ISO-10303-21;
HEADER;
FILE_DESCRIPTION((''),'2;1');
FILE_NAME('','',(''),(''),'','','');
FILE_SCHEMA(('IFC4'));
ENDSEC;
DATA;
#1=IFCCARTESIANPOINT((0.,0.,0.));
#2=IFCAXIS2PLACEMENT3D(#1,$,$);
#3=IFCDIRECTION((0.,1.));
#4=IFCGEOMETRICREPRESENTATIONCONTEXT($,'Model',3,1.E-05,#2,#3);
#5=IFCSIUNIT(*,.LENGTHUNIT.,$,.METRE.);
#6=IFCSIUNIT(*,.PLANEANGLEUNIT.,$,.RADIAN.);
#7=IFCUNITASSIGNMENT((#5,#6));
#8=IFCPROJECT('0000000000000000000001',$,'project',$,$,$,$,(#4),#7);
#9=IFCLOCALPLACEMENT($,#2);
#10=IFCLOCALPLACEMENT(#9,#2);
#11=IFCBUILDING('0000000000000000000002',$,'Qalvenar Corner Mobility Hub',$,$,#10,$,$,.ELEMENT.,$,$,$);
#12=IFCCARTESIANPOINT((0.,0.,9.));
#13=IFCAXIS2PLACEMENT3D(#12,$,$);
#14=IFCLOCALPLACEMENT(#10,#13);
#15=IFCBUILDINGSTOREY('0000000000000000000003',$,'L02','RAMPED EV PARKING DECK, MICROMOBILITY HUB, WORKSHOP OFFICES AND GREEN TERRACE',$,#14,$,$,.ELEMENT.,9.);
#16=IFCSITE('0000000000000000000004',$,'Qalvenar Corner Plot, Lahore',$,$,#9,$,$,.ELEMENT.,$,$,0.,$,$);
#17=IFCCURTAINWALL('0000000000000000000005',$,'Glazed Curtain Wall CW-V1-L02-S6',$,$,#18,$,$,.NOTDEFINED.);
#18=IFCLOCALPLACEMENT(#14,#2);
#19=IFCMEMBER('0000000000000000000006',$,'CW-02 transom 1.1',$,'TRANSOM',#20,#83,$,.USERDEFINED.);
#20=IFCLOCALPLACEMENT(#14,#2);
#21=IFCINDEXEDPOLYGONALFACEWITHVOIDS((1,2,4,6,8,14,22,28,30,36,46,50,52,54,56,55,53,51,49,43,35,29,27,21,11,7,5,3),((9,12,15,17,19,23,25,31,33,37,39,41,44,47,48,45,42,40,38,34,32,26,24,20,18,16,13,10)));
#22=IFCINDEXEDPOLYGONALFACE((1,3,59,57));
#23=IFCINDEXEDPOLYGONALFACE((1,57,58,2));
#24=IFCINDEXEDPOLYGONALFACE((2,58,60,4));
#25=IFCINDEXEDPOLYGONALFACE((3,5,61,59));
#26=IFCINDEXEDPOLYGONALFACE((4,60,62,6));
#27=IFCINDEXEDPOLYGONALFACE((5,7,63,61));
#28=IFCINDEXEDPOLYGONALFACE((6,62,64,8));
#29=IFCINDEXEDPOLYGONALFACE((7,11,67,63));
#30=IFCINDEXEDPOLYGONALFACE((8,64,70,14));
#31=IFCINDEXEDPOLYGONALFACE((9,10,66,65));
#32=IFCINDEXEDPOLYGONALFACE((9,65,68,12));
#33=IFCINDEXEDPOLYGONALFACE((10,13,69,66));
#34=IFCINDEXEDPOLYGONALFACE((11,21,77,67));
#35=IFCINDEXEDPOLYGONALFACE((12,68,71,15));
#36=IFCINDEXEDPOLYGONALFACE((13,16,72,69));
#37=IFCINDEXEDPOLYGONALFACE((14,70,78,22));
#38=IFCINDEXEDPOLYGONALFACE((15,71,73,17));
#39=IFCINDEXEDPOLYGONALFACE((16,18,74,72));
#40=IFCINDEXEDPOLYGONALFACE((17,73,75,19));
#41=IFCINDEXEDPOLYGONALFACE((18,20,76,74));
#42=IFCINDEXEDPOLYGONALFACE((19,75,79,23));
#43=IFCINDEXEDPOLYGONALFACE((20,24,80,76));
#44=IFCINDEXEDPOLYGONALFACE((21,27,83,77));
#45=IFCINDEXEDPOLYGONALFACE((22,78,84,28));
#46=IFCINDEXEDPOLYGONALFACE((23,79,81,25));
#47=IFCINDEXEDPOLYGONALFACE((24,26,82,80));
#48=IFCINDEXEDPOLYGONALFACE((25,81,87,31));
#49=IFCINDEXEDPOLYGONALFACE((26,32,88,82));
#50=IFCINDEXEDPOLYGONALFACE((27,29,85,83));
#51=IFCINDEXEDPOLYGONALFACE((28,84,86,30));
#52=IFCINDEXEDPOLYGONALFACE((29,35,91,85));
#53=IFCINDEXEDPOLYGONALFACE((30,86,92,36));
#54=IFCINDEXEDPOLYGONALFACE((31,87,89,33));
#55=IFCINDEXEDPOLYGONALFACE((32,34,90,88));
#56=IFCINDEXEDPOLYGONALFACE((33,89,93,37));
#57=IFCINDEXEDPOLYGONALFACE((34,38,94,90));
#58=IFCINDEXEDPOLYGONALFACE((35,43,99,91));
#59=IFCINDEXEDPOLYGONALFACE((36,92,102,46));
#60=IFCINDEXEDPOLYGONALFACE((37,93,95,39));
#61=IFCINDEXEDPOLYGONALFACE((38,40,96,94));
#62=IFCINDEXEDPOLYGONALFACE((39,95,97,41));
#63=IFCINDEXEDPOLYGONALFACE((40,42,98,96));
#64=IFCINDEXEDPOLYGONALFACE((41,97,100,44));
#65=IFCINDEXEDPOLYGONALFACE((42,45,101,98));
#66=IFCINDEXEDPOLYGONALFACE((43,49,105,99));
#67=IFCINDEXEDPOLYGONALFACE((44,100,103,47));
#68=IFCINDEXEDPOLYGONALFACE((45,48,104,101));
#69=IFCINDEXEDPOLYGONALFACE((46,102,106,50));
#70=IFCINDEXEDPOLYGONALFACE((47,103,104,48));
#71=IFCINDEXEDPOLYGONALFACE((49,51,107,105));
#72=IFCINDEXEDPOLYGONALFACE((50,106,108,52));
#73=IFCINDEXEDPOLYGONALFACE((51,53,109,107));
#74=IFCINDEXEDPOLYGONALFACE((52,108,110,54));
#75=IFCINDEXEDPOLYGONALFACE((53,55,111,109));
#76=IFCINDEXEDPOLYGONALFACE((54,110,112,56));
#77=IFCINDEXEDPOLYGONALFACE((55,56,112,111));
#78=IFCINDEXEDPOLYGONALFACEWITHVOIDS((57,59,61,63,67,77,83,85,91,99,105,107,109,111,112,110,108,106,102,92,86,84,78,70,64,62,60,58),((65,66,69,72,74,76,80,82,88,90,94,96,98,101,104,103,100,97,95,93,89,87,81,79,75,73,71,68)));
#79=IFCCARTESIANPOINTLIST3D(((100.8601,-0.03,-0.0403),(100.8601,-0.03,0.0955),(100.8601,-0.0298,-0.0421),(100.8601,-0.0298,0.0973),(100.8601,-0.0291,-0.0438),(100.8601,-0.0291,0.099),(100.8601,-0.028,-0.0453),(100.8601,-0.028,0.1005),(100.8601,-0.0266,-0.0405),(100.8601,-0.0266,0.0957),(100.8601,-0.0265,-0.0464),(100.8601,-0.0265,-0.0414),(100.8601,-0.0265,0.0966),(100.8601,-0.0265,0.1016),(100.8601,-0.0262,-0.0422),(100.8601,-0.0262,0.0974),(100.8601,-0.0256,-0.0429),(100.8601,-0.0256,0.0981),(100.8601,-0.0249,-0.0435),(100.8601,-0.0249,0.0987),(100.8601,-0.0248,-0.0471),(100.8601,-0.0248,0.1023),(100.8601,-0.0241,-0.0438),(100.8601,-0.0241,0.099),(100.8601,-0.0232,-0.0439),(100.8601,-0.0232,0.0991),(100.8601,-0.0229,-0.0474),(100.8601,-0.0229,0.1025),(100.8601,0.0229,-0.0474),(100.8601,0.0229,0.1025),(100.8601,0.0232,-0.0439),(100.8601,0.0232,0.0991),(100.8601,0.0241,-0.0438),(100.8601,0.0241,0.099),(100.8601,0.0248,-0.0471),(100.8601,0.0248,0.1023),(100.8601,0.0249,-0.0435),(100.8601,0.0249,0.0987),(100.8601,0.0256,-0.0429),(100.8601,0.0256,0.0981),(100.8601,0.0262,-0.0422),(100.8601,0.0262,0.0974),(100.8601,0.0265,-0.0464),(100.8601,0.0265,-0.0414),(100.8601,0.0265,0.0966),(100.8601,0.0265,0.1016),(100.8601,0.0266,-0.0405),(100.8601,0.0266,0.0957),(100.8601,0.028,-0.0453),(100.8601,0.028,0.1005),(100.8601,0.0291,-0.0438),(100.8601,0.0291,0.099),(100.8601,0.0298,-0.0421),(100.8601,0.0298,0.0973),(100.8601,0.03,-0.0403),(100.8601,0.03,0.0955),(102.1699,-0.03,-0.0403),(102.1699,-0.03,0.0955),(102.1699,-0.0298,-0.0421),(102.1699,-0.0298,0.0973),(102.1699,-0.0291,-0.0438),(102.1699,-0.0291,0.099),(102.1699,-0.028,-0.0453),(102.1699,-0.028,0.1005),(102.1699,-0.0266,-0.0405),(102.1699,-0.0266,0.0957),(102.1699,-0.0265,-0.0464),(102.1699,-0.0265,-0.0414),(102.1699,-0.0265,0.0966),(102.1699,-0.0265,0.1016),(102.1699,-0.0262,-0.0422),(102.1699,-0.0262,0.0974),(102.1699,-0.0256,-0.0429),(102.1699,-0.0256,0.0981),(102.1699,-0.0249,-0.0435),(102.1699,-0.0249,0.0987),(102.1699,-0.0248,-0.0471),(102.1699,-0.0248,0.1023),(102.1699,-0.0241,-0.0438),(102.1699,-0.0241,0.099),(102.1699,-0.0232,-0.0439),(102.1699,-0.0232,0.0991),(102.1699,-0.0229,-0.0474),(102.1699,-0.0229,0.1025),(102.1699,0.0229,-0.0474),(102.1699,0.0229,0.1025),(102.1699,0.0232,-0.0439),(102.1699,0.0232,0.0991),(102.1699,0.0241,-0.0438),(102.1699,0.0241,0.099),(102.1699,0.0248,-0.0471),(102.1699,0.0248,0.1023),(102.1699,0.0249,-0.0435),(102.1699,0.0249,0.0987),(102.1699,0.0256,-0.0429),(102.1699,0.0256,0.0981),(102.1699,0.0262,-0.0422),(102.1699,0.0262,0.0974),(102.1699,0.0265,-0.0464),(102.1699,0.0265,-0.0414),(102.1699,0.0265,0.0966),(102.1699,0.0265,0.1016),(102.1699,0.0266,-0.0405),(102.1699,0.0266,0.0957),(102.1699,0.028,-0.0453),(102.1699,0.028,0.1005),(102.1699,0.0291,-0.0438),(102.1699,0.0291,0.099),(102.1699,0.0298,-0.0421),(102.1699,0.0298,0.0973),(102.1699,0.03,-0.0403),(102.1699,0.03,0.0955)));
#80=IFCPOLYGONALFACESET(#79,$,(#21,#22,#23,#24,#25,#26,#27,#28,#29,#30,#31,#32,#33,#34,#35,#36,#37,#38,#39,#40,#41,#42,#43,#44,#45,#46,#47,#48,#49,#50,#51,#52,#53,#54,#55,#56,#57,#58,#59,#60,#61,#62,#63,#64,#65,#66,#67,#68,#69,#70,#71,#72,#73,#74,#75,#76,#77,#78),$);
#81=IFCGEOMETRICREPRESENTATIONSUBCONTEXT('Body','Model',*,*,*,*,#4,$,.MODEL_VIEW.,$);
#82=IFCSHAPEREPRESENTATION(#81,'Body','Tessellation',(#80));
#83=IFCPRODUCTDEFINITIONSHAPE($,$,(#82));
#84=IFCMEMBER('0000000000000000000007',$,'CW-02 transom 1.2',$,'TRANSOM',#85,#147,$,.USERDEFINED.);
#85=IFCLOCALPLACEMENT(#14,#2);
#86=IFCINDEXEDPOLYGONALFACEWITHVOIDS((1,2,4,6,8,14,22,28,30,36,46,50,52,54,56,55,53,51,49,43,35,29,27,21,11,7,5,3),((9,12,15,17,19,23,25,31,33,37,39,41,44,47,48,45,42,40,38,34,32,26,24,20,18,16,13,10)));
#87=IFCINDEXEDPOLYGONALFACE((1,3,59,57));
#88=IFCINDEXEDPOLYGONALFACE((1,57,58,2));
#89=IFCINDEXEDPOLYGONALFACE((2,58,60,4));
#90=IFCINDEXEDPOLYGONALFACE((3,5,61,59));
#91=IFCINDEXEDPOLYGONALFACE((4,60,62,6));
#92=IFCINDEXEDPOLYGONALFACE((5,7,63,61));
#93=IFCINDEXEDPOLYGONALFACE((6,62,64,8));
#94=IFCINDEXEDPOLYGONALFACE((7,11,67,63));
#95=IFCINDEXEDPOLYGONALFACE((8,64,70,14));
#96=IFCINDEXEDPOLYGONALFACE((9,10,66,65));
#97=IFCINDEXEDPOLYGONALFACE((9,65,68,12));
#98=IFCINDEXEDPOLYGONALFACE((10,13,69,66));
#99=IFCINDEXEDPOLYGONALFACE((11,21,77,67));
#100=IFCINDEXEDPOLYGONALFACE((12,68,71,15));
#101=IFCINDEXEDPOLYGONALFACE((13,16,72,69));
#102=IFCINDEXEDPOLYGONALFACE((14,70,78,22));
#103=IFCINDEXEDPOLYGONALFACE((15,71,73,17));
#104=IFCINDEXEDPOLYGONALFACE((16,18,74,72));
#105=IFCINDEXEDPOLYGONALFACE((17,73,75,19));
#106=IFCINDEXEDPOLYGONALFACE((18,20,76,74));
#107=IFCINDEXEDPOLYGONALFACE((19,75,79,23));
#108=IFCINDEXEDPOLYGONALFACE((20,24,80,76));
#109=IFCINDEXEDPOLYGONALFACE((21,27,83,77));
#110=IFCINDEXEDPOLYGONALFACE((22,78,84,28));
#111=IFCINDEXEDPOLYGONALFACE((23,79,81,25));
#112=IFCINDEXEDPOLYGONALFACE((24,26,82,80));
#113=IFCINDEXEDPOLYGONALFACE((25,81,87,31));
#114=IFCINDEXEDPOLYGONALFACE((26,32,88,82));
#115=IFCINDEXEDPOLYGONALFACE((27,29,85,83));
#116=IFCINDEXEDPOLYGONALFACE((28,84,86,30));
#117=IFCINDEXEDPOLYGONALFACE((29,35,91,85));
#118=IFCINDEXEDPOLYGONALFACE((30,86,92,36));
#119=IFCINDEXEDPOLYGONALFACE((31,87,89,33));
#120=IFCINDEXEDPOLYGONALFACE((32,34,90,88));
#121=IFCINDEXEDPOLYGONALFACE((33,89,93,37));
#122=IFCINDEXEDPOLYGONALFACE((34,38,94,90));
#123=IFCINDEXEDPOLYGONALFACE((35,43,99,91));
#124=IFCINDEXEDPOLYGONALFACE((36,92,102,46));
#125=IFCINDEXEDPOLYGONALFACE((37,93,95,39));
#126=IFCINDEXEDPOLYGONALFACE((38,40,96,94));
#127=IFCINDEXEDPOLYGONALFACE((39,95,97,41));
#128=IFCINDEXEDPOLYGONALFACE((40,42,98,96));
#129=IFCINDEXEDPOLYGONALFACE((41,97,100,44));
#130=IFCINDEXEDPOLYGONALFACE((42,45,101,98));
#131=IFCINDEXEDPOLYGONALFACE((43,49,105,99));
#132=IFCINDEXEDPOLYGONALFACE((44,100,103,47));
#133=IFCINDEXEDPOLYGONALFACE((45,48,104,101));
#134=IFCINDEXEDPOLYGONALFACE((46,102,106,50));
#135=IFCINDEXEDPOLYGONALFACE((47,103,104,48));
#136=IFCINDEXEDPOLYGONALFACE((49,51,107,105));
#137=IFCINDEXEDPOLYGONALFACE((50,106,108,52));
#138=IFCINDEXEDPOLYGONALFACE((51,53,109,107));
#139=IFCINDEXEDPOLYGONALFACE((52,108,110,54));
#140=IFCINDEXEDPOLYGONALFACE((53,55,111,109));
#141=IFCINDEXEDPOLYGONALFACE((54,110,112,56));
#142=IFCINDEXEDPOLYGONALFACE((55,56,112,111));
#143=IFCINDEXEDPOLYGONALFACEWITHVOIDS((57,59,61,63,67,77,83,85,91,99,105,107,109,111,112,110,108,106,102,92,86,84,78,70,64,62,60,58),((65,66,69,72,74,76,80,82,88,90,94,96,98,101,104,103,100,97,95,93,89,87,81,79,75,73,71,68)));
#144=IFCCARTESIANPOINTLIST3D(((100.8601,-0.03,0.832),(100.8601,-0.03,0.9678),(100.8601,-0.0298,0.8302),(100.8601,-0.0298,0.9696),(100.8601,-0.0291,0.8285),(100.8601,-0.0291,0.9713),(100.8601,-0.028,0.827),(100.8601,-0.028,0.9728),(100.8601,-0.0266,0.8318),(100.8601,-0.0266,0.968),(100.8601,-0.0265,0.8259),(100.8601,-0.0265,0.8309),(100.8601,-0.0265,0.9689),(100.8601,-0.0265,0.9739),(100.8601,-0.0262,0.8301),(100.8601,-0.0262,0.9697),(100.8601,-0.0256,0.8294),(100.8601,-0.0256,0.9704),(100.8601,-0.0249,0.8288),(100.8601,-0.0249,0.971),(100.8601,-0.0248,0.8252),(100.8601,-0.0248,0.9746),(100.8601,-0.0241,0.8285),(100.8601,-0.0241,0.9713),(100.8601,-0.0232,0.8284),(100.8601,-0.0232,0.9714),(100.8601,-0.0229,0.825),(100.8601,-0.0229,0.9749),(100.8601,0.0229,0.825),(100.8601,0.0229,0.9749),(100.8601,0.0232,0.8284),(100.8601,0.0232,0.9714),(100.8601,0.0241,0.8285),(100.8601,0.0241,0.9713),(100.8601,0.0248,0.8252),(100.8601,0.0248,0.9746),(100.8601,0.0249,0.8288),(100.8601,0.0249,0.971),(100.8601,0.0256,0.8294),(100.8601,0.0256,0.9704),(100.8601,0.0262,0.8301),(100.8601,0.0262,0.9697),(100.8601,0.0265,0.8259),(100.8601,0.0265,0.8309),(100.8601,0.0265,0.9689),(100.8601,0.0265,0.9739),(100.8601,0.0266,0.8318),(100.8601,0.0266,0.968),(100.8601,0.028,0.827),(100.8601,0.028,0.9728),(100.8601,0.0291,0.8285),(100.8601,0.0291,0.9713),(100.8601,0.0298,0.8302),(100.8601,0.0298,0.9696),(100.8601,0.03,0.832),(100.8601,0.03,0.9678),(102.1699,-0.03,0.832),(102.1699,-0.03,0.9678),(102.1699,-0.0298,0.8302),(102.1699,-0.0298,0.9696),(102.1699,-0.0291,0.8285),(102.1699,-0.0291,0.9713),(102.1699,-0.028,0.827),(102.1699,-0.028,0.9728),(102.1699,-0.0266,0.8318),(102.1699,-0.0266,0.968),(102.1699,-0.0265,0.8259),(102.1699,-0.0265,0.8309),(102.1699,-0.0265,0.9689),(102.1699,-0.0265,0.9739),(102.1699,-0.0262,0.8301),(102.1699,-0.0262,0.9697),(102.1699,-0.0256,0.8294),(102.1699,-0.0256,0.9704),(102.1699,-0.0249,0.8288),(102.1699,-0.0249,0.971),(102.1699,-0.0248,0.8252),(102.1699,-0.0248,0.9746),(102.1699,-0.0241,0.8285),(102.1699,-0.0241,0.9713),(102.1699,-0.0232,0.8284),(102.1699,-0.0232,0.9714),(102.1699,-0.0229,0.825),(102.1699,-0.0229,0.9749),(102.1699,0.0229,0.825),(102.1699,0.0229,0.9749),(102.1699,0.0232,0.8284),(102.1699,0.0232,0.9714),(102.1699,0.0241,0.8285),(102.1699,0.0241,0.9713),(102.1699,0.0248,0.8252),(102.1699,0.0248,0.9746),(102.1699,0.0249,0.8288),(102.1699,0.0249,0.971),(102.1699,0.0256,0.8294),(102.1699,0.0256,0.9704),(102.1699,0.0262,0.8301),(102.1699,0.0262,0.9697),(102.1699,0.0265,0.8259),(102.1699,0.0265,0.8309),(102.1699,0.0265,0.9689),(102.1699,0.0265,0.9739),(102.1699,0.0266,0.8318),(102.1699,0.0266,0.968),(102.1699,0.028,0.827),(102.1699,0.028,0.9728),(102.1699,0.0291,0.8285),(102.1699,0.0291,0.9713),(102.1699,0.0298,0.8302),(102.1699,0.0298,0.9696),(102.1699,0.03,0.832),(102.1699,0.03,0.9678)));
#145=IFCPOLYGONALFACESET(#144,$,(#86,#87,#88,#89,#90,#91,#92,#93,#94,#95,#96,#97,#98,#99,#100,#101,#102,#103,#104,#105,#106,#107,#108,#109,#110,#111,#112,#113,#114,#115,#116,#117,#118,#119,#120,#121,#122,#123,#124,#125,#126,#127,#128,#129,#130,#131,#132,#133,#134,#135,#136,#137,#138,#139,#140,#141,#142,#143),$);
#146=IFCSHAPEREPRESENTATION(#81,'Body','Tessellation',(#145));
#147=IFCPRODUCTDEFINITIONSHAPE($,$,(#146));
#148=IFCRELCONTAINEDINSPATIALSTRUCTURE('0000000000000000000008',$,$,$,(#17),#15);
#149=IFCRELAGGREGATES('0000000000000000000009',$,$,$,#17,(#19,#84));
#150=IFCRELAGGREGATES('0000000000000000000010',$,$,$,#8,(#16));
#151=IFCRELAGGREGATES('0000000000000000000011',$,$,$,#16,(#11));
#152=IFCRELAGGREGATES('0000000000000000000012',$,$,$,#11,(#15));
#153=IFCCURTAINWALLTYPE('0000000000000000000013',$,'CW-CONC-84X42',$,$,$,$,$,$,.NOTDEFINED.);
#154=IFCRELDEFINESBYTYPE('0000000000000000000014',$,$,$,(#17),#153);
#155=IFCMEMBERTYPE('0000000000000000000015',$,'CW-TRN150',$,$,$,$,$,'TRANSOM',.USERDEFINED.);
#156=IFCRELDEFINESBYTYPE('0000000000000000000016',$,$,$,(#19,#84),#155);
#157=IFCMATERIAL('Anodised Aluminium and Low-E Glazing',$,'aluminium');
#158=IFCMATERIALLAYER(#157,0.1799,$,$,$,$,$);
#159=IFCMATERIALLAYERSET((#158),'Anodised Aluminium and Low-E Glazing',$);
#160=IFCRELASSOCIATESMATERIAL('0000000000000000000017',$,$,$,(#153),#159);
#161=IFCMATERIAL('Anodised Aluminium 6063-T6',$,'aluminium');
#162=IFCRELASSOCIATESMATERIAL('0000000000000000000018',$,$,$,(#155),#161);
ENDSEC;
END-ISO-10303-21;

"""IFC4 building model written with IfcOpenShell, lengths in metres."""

from ifc_helpers import new_model, si_unit, direction, frame, origin, origin_2d, place, context, subcontext, project, spatial, hollow_rectangle, extrude, material, layer, layer_set, material_profile, profile_set, type_object, element, aggregate, save


model = new_model("IFC4")

# Units and contexts
model_context = context("Model", 3, precision=1e-05, world=origin(), true_north=direction((0.0, 1.0)))
body_context = subcontext(model_context, "Body", "Model", "MODEL_VIEW")
ifc_project = project(units=[si_unit("LENGTHUNIT", "METRE"), si_unit("PLANEANGLEUNIT", "RADIAN")], contexts=[model_context])

# Site, building, storey
site_placement = place(None, origin())
site = spatial("IfcSite", under=ifc_project, at=site_placement, Name="Qalvenar Corner Plot, Lahore", CompositionType="ELEMENT", RefElevation=0.0)
building_placement = place(site_placement, origin())
building = spatial("IfcBuilding", under=site, at=building_placement, Name="Qalvenar Corner Mobility Hub", CompositionType="ELEMENT")
storey_placement = place(building_placement, frame((0.0, 0.0, 9.0)))
storey = spatial("IfcBuildingStorey", under=building, at=storey_placement, Name="L02", Description="RAMPED EV PARKING DECK, MICROMOBILITY HUB, WORKSHOP OFFICES AND GREEN TERRACE", CompositionType="ELEMENT", Elevation=9.0)

# Curtain wall
ifc_material_1 = material(Name="Anodised Aluminium and Low-E Glazing", Category="aluminium")
ifc_layer_1 = layer(ifc_material_1, 0.1799)
ifc_layer_set_1 = layer_set([ifc_layer_1], Name="Anodised Aluminium and Low-E Glazing")
curtain_wall_type = type_object("IfcCurtainWallType", Name="CW-CONC-84X42", PredefinedType="NOTDEFINED", material=ifc_layer_set_1)
ifc_material_2 = material(Name="Anodised Aluminium 6063-T6", Category="aluminium")
curtain_wall_1_placement = place(storey_placement, origin())
curtain_wall_1 = element("IfcCurtainWall", 1, at=curtain_wall_1_placement, inside=storey, type_object=curtain_wall_type, Name="Glazed Curtain Wall CW-V1-L02-S6", PredefinedType="NOTDEFINED")

# Members
ifc_material_profile_1 = material_profile(ifc_material_2, hollow_rectangle(XDim=0.0601, YDim=0.1499, WallThickness=0.0034, InnerFilletRadius=0.0034, OuterFilletRadius=0.0071, at=origin_2d()), Name="RHS150x60x3.5")
ifc_profile_set_1 = profile_set([ifc_material_profile_1], Name="Anodised Aluminium 6063-T6")
member_type_1 = type_object("IfcMemberType", Name="CW-TRN150", ElementType="TRANSOM", PredefinedType="USERDEFINED", material=ifc_profile_set_1)
member_1_placement = place(storey_placement, frame((100.8601, 0.0, 0.0276), z_axis=(1.0, 0.0, 0.0), x_axis=(0.0, 1.0, 0.0)))
member_1 = element("IfcMember", 2, at=member_1_placement, type_object=member_type_1, Name="CW-02 transom 1.1", ObjectType="TRANSOM", PredefinedType="USERDEFINED", context=body_context, shape_type="SweptSolid", body=[
    extrude(hollow_rectangle(XDim=0.0601, YDim=0.1499, WallThickness=0.0034, InnerFilletRadius=0.0034, OuterFilletRadius=0.0071, at=origin_2d()), origin(), (0.0, 0.0, 1.0), 1.3098),
])
member_2_placement = place(storey_placement, frame((100.8601, 0.0, 0.8999), z_axis=(1.0, 0.0, 0.0), x_axis=(0.0, 1.0, 0.0)))
member_2 = element("IfcMember", 3, at=member_2_placement, type_object=member_type_1, Name="CW-02 transom 1.2", ObjectType="TRANSOM", PredefinedType="USERDEFINED", context=body_context, shape_type="SweptSolid", body=[
    extrude(hollow_rectangle(XDim=0.0601, YDim=0.1499, WallThickness=0.0034, InnerFilletRadius=0.0034, OuterFilletRadius=0.0071, at=origin_2d()), origin(), (0.0, 0.0, 1.0), 1.3098),
])

aggregate(curtain_wall_1, [member_1, member_2])

save(model, "model.ifc")
